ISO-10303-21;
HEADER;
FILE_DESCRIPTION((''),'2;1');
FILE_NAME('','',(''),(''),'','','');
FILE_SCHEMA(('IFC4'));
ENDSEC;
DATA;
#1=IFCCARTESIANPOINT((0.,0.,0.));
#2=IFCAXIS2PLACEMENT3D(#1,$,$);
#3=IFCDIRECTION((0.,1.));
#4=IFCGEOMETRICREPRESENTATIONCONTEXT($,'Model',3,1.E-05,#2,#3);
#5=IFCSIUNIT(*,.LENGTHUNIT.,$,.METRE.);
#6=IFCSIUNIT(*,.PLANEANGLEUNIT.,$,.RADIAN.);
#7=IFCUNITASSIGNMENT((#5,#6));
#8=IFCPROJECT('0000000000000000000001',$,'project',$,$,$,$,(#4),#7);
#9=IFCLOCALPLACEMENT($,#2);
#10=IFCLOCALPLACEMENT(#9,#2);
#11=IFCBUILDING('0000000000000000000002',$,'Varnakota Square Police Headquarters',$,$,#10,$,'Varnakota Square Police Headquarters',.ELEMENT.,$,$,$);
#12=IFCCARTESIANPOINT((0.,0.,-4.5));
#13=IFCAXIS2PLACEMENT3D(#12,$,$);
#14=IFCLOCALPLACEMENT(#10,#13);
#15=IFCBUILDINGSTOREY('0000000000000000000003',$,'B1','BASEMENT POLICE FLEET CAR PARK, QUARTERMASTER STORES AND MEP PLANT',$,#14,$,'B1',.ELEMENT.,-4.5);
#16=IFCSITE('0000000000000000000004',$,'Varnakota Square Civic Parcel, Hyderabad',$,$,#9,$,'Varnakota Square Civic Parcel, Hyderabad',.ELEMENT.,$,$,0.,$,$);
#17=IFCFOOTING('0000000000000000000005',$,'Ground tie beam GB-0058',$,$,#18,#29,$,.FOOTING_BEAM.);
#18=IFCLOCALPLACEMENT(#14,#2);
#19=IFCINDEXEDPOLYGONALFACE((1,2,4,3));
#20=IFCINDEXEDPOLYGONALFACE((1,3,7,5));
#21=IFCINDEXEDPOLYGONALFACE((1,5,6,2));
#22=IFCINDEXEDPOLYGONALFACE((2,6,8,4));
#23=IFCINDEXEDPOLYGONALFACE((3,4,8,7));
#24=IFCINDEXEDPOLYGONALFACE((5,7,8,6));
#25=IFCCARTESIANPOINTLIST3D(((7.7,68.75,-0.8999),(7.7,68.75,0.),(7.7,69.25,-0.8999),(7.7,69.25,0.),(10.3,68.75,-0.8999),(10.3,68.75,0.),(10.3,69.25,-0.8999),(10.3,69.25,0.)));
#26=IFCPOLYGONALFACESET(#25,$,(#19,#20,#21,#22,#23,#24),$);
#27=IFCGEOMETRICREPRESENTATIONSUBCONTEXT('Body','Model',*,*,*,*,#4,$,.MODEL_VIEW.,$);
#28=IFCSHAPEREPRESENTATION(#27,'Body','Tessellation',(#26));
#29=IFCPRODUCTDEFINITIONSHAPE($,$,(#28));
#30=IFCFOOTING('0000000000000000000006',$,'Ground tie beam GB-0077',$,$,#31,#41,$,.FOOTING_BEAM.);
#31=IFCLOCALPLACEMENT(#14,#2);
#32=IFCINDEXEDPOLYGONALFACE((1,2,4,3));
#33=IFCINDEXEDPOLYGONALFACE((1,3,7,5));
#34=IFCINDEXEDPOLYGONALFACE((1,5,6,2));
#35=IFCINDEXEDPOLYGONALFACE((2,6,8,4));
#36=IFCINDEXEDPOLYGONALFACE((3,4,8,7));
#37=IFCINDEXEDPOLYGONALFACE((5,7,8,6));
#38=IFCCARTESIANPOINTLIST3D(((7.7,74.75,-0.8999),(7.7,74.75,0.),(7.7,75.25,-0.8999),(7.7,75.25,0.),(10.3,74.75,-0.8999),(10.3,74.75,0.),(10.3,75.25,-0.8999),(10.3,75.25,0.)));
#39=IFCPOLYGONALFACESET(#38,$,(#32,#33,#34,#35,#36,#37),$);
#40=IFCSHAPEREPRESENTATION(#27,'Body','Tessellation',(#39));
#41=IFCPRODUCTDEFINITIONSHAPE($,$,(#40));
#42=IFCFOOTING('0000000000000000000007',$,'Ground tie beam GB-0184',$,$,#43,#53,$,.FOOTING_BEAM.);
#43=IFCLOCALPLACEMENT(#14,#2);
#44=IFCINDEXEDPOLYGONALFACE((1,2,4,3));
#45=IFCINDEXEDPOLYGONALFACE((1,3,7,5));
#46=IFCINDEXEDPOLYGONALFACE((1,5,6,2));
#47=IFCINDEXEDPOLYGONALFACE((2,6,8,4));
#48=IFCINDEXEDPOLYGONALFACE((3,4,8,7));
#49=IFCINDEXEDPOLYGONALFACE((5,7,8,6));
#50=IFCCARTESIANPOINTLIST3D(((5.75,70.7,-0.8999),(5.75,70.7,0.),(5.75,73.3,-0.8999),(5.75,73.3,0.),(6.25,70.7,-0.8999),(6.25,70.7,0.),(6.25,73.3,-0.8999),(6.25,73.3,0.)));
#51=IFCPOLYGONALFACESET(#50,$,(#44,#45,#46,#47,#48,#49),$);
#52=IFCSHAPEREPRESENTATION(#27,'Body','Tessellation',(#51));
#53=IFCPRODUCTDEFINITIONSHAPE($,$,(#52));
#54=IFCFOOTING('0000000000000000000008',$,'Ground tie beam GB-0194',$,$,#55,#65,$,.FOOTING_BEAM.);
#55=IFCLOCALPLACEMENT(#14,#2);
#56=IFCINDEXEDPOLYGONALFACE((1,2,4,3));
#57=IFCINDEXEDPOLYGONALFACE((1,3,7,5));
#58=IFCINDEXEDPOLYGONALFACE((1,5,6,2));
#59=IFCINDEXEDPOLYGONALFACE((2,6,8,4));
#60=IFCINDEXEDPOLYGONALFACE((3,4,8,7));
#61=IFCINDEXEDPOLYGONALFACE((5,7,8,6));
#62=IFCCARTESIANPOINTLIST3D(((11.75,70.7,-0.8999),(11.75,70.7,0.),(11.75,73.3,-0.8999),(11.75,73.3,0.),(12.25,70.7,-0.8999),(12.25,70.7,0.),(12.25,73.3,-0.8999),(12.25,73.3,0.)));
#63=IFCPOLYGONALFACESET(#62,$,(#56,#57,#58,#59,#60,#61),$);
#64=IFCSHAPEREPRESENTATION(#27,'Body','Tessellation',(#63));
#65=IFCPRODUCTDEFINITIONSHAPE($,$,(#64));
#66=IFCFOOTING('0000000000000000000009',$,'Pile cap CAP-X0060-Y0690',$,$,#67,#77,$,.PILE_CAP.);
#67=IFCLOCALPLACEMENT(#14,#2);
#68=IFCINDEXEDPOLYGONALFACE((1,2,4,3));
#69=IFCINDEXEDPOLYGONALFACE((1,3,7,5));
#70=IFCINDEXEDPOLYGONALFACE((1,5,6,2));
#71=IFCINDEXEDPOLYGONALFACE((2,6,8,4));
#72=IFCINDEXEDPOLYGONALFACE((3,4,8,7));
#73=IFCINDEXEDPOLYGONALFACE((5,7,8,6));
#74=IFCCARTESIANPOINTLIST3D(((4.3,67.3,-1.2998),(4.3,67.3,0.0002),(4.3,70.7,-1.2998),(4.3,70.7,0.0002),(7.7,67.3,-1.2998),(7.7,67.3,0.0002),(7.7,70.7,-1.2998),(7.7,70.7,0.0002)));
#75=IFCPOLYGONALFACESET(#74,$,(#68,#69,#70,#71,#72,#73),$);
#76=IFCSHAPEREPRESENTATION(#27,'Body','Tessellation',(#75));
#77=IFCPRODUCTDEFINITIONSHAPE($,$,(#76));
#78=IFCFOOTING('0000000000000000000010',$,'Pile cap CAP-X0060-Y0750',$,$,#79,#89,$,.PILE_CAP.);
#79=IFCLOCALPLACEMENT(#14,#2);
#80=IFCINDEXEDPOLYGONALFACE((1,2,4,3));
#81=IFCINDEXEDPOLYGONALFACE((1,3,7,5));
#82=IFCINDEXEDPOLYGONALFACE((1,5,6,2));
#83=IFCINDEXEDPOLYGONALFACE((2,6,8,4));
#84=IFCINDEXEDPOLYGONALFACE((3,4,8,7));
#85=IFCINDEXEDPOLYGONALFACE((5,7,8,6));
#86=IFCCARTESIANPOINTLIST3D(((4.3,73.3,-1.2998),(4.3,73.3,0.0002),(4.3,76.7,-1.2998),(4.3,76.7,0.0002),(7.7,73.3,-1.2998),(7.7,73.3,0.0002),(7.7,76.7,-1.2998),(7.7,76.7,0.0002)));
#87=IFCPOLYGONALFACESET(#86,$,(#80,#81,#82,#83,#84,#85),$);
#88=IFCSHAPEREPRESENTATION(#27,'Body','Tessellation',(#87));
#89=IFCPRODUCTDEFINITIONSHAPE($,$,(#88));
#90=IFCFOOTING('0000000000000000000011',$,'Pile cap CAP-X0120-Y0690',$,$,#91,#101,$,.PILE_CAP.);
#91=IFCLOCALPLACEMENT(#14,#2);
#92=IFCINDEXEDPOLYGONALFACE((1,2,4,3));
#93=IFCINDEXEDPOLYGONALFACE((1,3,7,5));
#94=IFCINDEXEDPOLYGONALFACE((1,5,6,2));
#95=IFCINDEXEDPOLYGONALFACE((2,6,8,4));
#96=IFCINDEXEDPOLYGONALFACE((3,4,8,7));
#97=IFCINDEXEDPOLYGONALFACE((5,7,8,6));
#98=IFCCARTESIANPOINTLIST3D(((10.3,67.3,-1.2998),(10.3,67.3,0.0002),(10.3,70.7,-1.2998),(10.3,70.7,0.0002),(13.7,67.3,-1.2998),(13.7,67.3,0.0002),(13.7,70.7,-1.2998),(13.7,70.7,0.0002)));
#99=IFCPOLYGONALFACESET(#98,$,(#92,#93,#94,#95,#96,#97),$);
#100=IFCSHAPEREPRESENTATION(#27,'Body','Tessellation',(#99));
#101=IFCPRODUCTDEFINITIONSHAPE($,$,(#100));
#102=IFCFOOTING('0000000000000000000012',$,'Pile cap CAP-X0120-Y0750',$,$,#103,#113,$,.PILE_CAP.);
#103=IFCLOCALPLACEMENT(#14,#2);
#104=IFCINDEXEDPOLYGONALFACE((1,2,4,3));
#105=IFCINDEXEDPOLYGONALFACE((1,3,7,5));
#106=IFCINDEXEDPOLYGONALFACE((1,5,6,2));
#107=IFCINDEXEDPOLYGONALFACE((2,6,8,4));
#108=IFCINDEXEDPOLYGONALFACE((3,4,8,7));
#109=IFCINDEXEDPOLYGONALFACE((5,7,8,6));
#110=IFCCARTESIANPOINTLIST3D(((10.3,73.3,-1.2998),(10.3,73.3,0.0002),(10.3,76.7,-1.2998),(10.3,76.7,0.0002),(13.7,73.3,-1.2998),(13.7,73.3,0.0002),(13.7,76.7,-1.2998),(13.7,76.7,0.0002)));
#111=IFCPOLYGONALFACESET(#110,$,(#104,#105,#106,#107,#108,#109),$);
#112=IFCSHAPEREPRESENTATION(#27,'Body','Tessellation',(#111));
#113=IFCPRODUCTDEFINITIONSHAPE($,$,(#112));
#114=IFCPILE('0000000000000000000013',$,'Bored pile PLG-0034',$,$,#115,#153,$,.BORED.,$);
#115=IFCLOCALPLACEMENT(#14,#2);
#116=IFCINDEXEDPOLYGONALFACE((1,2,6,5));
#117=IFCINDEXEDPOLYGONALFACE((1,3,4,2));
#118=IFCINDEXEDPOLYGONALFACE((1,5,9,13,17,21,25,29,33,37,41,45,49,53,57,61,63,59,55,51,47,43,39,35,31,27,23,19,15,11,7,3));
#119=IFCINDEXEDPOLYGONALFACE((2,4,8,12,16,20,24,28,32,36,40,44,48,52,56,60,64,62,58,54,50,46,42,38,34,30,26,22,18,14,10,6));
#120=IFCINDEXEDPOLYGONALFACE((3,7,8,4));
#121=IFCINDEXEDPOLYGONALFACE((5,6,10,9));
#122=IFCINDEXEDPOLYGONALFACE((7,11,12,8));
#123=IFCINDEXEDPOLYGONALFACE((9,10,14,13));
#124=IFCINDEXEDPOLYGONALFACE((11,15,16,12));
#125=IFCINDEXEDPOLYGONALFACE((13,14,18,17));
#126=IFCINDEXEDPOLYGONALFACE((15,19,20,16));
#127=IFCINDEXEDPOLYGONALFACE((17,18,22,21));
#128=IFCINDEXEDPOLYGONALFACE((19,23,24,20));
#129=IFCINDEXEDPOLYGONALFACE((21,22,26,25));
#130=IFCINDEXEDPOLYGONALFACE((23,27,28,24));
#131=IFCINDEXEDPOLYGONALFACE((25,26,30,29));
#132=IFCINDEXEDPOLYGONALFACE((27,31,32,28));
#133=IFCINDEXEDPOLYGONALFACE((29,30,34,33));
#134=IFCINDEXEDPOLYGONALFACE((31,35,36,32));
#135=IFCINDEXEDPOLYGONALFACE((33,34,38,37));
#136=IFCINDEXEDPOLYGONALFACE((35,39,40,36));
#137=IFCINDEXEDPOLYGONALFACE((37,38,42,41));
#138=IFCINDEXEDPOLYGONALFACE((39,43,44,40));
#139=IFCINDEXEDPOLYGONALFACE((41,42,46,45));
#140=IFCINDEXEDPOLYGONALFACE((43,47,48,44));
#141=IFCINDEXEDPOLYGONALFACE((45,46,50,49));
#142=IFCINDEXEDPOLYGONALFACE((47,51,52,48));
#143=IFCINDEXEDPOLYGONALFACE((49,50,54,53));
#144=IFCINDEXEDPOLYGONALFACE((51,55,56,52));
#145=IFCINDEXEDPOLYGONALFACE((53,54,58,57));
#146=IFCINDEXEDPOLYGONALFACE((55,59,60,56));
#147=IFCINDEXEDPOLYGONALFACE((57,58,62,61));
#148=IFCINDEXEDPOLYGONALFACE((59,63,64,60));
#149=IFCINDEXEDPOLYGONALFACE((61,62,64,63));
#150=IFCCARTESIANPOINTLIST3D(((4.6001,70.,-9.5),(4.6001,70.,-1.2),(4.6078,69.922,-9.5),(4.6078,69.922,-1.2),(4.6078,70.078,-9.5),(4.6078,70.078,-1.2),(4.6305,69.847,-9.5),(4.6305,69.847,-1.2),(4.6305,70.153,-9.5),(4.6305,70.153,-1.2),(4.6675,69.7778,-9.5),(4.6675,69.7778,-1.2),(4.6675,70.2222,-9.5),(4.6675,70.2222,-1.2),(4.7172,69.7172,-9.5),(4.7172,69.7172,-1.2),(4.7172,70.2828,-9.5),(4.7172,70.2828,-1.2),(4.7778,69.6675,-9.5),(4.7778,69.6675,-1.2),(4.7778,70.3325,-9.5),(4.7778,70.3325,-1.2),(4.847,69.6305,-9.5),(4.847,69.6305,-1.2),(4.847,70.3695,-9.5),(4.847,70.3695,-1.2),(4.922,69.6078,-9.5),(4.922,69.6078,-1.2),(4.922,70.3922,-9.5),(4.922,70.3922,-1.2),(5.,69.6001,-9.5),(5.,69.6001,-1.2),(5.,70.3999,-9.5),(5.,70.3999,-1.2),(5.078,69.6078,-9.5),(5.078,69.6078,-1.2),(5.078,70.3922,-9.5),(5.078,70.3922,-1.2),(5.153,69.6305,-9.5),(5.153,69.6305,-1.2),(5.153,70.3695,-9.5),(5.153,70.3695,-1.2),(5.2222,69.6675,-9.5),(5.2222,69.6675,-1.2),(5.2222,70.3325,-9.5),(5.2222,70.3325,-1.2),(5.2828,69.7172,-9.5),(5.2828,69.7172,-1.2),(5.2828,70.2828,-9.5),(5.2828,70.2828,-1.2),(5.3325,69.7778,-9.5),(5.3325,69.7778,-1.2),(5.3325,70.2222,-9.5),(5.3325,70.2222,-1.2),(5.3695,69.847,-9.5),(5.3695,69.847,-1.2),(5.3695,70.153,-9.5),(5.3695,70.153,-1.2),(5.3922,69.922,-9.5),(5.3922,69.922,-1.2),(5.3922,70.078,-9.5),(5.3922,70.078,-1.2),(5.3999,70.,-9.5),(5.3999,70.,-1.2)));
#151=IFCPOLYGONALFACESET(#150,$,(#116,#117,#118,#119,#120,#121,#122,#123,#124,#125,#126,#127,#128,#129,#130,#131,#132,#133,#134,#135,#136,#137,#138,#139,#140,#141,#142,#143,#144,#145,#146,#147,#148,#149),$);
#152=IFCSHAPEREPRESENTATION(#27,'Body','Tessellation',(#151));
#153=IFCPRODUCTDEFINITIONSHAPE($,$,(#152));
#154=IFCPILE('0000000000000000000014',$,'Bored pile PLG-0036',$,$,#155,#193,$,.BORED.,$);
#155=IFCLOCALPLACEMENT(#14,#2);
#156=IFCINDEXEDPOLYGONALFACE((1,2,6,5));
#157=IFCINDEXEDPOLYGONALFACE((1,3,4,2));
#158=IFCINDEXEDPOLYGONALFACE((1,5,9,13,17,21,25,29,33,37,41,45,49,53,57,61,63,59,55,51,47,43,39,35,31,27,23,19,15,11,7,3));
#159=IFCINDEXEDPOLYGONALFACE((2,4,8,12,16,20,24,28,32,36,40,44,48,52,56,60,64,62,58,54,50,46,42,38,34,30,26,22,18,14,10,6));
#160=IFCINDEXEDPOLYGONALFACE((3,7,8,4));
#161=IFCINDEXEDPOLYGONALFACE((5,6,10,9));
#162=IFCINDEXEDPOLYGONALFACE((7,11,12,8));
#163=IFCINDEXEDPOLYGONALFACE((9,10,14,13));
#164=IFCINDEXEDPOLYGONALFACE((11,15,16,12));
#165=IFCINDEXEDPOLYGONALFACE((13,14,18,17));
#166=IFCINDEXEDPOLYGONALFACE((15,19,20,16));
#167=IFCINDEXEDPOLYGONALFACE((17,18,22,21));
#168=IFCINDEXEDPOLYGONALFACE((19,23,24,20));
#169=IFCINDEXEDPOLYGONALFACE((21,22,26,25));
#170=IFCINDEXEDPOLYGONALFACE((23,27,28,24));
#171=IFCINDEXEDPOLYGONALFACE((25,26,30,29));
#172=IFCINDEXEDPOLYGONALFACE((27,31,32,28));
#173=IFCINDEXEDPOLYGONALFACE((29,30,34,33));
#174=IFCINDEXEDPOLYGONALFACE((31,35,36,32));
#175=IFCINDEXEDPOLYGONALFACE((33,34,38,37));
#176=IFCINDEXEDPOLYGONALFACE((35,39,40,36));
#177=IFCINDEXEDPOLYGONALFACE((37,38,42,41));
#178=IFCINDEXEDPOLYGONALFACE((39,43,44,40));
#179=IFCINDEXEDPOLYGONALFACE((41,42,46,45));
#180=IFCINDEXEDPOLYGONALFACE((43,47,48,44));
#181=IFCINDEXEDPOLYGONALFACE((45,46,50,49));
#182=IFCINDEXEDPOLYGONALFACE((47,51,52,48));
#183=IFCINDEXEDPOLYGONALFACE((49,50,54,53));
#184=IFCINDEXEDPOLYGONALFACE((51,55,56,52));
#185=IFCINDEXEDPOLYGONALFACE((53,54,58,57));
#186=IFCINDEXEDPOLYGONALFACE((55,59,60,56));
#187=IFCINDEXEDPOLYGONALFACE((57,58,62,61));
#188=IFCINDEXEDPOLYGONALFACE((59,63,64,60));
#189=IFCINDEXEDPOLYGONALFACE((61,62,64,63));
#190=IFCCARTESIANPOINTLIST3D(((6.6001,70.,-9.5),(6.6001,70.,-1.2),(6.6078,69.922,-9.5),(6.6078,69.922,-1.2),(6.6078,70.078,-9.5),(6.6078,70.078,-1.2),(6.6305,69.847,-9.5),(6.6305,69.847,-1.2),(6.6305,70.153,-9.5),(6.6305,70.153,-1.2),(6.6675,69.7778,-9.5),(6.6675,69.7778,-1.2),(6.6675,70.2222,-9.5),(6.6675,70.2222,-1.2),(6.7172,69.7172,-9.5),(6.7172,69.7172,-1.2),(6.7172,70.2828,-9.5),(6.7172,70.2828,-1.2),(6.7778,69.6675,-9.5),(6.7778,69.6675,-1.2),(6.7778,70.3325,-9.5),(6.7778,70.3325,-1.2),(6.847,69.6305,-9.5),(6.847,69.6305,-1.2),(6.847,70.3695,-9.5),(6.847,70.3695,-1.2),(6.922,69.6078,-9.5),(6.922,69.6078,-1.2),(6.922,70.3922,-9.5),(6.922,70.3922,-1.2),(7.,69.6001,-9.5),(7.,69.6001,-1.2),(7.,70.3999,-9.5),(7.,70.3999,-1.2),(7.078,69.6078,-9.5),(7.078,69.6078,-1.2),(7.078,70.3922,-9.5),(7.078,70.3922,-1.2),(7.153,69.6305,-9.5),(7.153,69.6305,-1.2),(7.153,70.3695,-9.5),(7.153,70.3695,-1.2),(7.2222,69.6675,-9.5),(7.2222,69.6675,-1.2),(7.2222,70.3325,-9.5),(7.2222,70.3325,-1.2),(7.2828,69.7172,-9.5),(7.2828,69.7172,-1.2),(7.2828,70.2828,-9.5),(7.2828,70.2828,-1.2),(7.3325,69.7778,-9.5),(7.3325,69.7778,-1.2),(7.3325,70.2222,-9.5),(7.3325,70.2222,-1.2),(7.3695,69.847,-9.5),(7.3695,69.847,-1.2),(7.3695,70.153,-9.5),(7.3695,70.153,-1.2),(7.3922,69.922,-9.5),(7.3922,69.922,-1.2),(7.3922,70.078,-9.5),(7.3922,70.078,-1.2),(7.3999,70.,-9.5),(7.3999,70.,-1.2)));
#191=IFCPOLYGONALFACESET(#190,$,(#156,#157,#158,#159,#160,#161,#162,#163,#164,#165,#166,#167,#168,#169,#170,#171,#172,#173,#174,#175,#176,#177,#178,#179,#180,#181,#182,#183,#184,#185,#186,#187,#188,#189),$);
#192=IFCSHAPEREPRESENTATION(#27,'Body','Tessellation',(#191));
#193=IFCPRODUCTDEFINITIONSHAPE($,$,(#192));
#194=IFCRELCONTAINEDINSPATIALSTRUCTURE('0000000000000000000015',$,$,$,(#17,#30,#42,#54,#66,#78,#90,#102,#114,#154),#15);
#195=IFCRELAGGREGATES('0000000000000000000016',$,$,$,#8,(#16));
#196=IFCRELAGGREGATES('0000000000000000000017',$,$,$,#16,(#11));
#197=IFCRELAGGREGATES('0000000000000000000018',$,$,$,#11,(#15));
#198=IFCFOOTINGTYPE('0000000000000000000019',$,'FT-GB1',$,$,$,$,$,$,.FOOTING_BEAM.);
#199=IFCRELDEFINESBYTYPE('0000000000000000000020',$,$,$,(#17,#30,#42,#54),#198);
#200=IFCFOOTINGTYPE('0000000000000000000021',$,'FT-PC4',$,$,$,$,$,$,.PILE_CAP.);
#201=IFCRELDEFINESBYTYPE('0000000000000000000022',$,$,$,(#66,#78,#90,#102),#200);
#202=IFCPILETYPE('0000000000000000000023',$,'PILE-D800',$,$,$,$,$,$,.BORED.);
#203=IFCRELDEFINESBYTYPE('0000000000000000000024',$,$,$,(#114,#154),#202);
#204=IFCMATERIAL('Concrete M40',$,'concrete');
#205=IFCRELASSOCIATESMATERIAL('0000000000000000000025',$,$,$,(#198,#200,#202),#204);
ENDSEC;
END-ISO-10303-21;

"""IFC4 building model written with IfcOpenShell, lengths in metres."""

from ifc_helpers import new_model, si_unit, direction, frame, origin, origin_2d, place, context, subcontext, project, spatial, rectangle, circle, extrude, material, material_profile, profile_set, type_object, element, save


model = new_model("IFC4")

# Units and contexts
model_context = context("Model", 3, precision=1e-05, world=origin(), true_north=direction((0.0, 1.0)))
body_context = subcontext(model_context, "Body", "Model", "MODEL_VIEW")
ifc_project = project(units=[si_unit("LENGTHUNIT", "METRE"), si_unit("PLANEANGLEUNIT", "RADIAN")], contexts=[model_context])

# Site, building, storey
site_placement = place(None, origin())
site = spatial("IfcSite", under=ifc_project, at=site_placement, Name="Varnakota Square Civic Parcel, Hyderabad", LongName="Varnakota Square Civic Parcel, Hyderabad", CompositionType="ELEMENT", RefElevation=0.0)
building_placement = place(site_placement, origin())
building = spatial("IfcBuilding", under=site, at=building_placement, Name="Varnakota Square Police Headquarters", LongName="Varnakota Square Police Headquarters", CompositionType="ELEMENT")
storey_placement = place(building_placement, frame((0.0, 0.0, -4.5)))
storey = spatial("IfcBuildingStorey", under=building, at=storey_placement, Name="B1", Description="BASEMENT POLICE FLEET CAR PARK, QUARTERMASTER STORES AND MEP PLANT", LongName="B1", CompositionType="ELEMENT", Elevation=-4.5)

# Footings
ifc_material_1 = material(Name="Concrete M40", Category="concrete")
ifc_material_profile_1 = material_profile(ifc_material_1, rectangle(XDim=0.5, YDim=0.8999, at=origin_2d()), Name="GB 500x900")
ifc_profile_set_1 = profile_set([ifc_material_profile_1], Name="Concrete M40")
footing_type_1 = type_object("IfcFootingType", Name="FT-GB1", PredefinedType="FOOTING_BEAM", material=ifc_profile_set_1)
for number, where, z_axis, x_axis, name in (
    (1, (7.7, 69.0, -0.45), (1.0, 0.0, 0.0), (0.0, 1.0, 0.0), "Ground tie beam GB-0058"),
    (2, (7.7, 75.0, -0.45), (1.0, 0.0, 0.0), (0.0, 1.0, 0.0), "Ground tie beam GB-0077"),
    (3, (6.0, 70.7, -0.45), (0.0, 1.0, 0.0), (-1.0, 0.0, 0.0), "Ground tie beam GB-0184"),
    (4, (12.0, 70.7, -0.45), (0.0, 1.0, 0.0), (-1.0, 0.0, 0.0), "Ground tie beam GB-0194"),
):
    element("IfcFooting", number, at=place(storey_placement, frame(where, z_axis=z_axis, x_axis=x_axis)), inside=storey, type_object=footing_type_1, Name=name, PredefinedType="FOOTING_BEAM", context=body_context, shape_type="SweptSolid", body=[
        extrude(rectangle(XDim=0.5, YDim=0.8999, at=origin_2d()), origin(), (0.0, 0.0, 1.0), 2.6001),
    ])
footing_type_2 = type_object("IfcFootingType", Name="FT-PC4", PredefinedType="PILE_CAP", material=ifc_material_1)
for number, where, z_axis, x_axis, name in (
    (5, (6.0, 69.0, -1.2998), (0.0, 0.0, 1.0), (1.0, 0.0, 0.0), "Pile cap CAP-X0060-Y0690"),
    (6, (6.0, 75.0, -1.2998), (0.0, 0.0, 1.0), (1.0, 0.0, 0.0), "Pile cap CAP-X0060-Y0750"),
    (7, (12.0, 69.0, -1.2998), (0.0, 0.0, 1.0), (1.0, 0.0, 0.0), "Pile cap CAP-X0120-Y0690"),
    (8, (12.0, 75.0, -1.2998), (0.0, 0.0, 1.0), (1.0, 0.0, 0.0), "Pile cap CAP-X0120-Y0750"),
):
    element("IfcFooting", number, at=place(storey_placement, frame(where, z_axis=z_axis, x_axis=x_axis)), inside=storey, type_object=footing_type_2, Name=name, PredefinedType="PILE_CAP", context=body_context, shape_type="SweptSolid", body=[
        extrude(rectangle(XDim=3.3999, YDim=3.3999, at=origin_2d()), origin(), (0.0, 0.0, 1.0), 1.3),
    ])

# Piles
ifc_material_profile_2 = material_profile(ifc_material_1, circle(Radius=0.3999, at=origin_2d()), Name="BORED PILE 800")
ifc_profile_set_2 = profile_set([ifc_material_profile_2], Name="Concrete M40")
pile_type = type_object("IfcPileType", Name="PILE-D800", PredefinedType="BORED", material=ifc_profile_set_2)
for number, where, z_axis, x_axis, name in (
    (9, (5.0, 70.0, -1.2), (0.0, 0.0, -1.0), (1.0, 0.0, 0.0), "Bored pile PLG-0034"),
    (10, (7.0, 70.0, -1.2), (0.0, 0.0, -1.0), (1.0, 0.0, 0.0), "Bored pile PLG-0036"),
):
    element("IfcPile", number, at=place(storey_placement, frame(where, z_axis=z_axis, x_axis=x_axis)), inside=storey, type_object=pile_type, Name=name, PredefinedType="BORED", context=body_context, shape_type="SweptSolid", body=[
        extrude(circle(Radius=0.3999, at=origin_2d()), origin(), (0.0, 0.0, 1.0), 8.3),
    ])

save(model, "model.ifc")
